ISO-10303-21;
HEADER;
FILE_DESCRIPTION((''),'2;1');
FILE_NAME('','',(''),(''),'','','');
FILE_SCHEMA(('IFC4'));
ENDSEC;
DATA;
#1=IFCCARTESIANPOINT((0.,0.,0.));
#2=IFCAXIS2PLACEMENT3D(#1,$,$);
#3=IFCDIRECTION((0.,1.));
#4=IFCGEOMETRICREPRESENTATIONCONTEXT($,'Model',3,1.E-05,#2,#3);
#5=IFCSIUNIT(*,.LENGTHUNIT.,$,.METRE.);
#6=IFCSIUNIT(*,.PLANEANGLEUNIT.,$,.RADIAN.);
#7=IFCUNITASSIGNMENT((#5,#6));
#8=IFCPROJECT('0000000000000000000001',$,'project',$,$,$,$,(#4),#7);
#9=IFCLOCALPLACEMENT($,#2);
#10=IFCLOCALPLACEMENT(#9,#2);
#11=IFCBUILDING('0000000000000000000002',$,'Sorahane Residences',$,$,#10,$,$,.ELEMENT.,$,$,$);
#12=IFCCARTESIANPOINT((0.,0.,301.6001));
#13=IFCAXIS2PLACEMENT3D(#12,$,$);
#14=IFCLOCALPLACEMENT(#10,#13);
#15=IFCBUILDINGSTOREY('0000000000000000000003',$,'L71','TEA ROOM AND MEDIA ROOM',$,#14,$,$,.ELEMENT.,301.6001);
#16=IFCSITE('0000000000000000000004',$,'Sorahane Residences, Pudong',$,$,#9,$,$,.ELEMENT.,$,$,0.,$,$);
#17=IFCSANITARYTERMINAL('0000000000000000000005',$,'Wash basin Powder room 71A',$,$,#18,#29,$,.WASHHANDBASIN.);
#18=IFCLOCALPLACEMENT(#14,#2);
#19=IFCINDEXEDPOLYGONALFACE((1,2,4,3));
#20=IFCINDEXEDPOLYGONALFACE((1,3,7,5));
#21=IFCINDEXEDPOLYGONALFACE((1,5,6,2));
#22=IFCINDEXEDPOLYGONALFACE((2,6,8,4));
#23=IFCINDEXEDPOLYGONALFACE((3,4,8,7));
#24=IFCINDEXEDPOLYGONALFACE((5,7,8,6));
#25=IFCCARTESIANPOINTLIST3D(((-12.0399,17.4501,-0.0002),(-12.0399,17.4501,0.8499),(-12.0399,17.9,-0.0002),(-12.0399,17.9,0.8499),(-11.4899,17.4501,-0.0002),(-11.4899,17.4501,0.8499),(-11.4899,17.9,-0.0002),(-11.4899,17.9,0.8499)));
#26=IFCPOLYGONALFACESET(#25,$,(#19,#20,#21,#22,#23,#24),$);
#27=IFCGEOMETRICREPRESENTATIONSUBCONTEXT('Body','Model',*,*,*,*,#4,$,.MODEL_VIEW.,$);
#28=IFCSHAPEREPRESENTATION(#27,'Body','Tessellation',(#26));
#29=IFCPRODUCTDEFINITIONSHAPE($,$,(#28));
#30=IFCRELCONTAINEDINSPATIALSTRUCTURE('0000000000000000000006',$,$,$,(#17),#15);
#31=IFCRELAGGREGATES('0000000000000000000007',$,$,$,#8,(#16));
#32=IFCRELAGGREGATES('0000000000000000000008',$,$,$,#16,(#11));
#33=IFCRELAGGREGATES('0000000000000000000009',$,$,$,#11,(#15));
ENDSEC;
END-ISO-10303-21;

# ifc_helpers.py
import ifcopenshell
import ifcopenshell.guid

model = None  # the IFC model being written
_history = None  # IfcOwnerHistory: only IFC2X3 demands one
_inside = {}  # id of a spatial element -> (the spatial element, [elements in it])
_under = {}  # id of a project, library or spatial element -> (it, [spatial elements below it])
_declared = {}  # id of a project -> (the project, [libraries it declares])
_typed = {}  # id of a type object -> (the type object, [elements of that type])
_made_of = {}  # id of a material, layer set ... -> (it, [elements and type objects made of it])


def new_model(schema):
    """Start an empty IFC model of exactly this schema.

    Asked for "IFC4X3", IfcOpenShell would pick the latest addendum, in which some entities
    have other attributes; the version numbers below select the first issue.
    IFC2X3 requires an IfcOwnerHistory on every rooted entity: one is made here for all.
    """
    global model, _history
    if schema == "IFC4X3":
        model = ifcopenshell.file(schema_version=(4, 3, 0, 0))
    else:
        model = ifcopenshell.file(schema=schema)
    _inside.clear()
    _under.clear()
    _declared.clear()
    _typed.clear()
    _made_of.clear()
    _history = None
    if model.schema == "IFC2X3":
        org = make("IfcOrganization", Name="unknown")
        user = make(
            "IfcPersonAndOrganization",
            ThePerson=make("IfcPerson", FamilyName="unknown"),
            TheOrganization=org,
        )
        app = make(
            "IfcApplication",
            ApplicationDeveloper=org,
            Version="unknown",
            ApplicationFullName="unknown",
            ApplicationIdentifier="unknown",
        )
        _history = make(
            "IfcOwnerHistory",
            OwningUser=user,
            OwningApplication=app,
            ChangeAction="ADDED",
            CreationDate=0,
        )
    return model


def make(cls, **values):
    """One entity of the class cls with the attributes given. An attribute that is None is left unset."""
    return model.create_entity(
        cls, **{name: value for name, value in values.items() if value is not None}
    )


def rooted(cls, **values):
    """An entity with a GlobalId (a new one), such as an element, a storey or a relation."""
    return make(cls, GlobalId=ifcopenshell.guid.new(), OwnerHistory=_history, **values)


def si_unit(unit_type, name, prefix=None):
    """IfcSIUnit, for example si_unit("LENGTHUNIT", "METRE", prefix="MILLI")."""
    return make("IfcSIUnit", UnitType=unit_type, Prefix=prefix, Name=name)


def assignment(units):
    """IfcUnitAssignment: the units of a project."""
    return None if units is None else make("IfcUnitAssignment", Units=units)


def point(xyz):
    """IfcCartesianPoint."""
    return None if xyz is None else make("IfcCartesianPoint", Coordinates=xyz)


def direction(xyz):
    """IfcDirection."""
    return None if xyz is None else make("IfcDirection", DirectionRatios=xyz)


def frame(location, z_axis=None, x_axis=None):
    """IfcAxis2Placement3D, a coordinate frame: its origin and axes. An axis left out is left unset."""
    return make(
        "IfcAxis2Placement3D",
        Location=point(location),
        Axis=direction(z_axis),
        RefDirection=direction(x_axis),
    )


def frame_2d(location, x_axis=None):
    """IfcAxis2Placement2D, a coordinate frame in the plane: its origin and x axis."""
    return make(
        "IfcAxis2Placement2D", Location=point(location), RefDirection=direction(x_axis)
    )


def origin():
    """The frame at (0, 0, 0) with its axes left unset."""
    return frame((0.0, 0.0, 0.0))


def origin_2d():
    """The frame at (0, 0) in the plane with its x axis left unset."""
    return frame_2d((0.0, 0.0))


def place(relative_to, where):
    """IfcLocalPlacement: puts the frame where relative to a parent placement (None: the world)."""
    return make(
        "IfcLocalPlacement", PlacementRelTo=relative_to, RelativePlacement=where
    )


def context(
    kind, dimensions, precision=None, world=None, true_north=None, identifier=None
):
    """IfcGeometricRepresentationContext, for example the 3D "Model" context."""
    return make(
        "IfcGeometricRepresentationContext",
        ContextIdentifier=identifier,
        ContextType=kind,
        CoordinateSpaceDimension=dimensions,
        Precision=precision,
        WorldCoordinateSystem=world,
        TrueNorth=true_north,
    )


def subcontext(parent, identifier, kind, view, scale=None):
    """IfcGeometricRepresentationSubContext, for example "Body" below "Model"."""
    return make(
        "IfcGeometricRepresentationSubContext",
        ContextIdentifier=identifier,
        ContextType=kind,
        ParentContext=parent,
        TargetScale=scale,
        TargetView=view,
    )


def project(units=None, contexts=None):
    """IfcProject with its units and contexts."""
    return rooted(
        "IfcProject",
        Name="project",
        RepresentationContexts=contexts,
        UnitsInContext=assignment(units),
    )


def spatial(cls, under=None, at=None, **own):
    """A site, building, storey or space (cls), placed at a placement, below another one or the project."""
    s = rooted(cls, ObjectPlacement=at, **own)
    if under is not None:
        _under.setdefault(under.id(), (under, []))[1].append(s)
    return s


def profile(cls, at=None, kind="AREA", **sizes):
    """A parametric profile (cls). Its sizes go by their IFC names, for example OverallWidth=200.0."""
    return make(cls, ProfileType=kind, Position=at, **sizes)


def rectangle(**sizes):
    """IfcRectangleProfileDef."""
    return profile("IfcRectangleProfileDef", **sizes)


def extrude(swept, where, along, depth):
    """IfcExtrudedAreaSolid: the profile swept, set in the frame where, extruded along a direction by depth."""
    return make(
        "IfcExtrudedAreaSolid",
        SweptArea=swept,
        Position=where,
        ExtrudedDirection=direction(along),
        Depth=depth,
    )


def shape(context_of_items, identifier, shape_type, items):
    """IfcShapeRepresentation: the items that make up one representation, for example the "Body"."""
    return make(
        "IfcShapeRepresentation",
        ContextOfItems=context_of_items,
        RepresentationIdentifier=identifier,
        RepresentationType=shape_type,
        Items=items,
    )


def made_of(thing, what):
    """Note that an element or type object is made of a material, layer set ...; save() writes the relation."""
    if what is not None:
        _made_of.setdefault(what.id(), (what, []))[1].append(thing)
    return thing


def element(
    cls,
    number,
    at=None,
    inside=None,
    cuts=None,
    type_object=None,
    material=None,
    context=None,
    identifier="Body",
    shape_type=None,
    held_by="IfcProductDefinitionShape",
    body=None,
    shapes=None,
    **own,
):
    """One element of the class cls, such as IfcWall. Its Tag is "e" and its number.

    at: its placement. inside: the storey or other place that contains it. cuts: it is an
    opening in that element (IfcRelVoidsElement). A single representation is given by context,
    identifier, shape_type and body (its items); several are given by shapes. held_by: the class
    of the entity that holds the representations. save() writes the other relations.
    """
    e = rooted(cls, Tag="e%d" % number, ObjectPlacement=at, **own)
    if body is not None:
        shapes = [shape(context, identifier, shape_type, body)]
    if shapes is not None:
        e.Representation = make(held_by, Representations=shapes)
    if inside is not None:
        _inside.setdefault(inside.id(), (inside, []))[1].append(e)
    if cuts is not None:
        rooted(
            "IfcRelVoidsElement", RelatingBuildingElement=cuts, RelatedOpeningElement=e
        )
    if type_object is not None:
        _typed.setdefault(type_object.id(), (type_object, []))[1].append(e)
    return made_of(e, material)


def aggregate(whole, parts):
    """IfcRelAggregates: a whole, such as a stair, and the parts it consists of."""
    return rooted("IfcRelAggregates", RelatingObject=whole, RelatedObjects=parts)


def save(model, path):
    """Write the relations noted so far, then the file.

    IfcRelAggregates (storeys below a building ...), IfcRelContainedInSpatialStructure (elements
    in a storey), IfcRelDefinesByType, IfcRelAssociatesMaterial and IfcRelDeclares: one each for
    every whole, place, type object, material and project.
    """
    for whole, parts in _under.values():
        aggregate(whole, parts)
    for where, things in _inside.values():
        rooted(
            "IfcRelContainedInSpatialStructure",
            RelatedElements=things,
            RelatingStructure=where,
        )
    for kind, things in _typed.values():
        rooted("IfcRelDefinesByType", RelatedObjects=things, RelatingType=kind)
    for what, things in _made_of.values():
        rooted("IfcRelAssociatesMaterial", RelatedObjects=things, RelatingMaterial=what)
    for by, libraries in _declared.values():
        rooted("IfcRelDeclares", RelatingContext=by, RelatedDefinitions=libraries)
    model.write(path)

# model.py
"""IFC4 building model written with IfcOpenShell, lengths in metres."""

from ifc_helpers import new_model, si_unit, direction, frame, origin, origin_2d, place, context, subcontext, project, spatial, rectangle, extrude, element, save


model = new_model("IFC4")

# Units and contexts
model_context = context("Model", 3, precision=1e-05, world=origin(), true_north=direction((0.0, 1.0)))
body_context = subcontext(model_context, "Body", "Model", "MODEL_VIEW")
ifc_project = project(units=[si_unit("LENGTHUNIT", "METRE"), si_unit("PLANEANGLEUNIT", "RADIAN")], contexts=[model_context])

# Site, building, storey
site_placement = place(None, origin())
site = spatial("IfcSite", under=ifc_project, at=site_placement, Name="Sorahane Residences, Pudong", CompositionType="ELEMENT", RefElevation=0.0)
building_placement = place(site_placement, origin())
building = spatial("IfcBuilding", under=site, at=building_placement, Name="Sorahane Residences", CompositionType="ELEMENT")
storey_placement = place(building_placement, frame((0.0, 0.0, 301.6001)))
storey = spatial("IfcBuildingStorey", under=building, at=storey_placement, Name="L71", Description="TEA ROOM AND MEDIA ROOM", CompositionType="ELEMENT", Elevation=301.6001)

# Sanitary terminal
sanitary_terminal_1_placement = place(storey_placement, frame((-11.7649, 17.675, -0.0002), z_axis=(0.0, 0.0, 1.0), x_axis=(1.0, 0.0, 0.0)))
element("IfcSanitaryTerminal", 1, at=sanitary_terminal_1_placement, inside=storey, Name="Wash basin Powder room 71A", PredefinedType="WASHHANDBASIN", context=body_context, shape_type="SweptSolid", body=[
    extrude(rectangle(XDim=0.55, YDim=0.45, at=origin_2d()), origin(), (0.0, 0.0, 1.0), 0.8501),
])

save(model, "model.ifc")
